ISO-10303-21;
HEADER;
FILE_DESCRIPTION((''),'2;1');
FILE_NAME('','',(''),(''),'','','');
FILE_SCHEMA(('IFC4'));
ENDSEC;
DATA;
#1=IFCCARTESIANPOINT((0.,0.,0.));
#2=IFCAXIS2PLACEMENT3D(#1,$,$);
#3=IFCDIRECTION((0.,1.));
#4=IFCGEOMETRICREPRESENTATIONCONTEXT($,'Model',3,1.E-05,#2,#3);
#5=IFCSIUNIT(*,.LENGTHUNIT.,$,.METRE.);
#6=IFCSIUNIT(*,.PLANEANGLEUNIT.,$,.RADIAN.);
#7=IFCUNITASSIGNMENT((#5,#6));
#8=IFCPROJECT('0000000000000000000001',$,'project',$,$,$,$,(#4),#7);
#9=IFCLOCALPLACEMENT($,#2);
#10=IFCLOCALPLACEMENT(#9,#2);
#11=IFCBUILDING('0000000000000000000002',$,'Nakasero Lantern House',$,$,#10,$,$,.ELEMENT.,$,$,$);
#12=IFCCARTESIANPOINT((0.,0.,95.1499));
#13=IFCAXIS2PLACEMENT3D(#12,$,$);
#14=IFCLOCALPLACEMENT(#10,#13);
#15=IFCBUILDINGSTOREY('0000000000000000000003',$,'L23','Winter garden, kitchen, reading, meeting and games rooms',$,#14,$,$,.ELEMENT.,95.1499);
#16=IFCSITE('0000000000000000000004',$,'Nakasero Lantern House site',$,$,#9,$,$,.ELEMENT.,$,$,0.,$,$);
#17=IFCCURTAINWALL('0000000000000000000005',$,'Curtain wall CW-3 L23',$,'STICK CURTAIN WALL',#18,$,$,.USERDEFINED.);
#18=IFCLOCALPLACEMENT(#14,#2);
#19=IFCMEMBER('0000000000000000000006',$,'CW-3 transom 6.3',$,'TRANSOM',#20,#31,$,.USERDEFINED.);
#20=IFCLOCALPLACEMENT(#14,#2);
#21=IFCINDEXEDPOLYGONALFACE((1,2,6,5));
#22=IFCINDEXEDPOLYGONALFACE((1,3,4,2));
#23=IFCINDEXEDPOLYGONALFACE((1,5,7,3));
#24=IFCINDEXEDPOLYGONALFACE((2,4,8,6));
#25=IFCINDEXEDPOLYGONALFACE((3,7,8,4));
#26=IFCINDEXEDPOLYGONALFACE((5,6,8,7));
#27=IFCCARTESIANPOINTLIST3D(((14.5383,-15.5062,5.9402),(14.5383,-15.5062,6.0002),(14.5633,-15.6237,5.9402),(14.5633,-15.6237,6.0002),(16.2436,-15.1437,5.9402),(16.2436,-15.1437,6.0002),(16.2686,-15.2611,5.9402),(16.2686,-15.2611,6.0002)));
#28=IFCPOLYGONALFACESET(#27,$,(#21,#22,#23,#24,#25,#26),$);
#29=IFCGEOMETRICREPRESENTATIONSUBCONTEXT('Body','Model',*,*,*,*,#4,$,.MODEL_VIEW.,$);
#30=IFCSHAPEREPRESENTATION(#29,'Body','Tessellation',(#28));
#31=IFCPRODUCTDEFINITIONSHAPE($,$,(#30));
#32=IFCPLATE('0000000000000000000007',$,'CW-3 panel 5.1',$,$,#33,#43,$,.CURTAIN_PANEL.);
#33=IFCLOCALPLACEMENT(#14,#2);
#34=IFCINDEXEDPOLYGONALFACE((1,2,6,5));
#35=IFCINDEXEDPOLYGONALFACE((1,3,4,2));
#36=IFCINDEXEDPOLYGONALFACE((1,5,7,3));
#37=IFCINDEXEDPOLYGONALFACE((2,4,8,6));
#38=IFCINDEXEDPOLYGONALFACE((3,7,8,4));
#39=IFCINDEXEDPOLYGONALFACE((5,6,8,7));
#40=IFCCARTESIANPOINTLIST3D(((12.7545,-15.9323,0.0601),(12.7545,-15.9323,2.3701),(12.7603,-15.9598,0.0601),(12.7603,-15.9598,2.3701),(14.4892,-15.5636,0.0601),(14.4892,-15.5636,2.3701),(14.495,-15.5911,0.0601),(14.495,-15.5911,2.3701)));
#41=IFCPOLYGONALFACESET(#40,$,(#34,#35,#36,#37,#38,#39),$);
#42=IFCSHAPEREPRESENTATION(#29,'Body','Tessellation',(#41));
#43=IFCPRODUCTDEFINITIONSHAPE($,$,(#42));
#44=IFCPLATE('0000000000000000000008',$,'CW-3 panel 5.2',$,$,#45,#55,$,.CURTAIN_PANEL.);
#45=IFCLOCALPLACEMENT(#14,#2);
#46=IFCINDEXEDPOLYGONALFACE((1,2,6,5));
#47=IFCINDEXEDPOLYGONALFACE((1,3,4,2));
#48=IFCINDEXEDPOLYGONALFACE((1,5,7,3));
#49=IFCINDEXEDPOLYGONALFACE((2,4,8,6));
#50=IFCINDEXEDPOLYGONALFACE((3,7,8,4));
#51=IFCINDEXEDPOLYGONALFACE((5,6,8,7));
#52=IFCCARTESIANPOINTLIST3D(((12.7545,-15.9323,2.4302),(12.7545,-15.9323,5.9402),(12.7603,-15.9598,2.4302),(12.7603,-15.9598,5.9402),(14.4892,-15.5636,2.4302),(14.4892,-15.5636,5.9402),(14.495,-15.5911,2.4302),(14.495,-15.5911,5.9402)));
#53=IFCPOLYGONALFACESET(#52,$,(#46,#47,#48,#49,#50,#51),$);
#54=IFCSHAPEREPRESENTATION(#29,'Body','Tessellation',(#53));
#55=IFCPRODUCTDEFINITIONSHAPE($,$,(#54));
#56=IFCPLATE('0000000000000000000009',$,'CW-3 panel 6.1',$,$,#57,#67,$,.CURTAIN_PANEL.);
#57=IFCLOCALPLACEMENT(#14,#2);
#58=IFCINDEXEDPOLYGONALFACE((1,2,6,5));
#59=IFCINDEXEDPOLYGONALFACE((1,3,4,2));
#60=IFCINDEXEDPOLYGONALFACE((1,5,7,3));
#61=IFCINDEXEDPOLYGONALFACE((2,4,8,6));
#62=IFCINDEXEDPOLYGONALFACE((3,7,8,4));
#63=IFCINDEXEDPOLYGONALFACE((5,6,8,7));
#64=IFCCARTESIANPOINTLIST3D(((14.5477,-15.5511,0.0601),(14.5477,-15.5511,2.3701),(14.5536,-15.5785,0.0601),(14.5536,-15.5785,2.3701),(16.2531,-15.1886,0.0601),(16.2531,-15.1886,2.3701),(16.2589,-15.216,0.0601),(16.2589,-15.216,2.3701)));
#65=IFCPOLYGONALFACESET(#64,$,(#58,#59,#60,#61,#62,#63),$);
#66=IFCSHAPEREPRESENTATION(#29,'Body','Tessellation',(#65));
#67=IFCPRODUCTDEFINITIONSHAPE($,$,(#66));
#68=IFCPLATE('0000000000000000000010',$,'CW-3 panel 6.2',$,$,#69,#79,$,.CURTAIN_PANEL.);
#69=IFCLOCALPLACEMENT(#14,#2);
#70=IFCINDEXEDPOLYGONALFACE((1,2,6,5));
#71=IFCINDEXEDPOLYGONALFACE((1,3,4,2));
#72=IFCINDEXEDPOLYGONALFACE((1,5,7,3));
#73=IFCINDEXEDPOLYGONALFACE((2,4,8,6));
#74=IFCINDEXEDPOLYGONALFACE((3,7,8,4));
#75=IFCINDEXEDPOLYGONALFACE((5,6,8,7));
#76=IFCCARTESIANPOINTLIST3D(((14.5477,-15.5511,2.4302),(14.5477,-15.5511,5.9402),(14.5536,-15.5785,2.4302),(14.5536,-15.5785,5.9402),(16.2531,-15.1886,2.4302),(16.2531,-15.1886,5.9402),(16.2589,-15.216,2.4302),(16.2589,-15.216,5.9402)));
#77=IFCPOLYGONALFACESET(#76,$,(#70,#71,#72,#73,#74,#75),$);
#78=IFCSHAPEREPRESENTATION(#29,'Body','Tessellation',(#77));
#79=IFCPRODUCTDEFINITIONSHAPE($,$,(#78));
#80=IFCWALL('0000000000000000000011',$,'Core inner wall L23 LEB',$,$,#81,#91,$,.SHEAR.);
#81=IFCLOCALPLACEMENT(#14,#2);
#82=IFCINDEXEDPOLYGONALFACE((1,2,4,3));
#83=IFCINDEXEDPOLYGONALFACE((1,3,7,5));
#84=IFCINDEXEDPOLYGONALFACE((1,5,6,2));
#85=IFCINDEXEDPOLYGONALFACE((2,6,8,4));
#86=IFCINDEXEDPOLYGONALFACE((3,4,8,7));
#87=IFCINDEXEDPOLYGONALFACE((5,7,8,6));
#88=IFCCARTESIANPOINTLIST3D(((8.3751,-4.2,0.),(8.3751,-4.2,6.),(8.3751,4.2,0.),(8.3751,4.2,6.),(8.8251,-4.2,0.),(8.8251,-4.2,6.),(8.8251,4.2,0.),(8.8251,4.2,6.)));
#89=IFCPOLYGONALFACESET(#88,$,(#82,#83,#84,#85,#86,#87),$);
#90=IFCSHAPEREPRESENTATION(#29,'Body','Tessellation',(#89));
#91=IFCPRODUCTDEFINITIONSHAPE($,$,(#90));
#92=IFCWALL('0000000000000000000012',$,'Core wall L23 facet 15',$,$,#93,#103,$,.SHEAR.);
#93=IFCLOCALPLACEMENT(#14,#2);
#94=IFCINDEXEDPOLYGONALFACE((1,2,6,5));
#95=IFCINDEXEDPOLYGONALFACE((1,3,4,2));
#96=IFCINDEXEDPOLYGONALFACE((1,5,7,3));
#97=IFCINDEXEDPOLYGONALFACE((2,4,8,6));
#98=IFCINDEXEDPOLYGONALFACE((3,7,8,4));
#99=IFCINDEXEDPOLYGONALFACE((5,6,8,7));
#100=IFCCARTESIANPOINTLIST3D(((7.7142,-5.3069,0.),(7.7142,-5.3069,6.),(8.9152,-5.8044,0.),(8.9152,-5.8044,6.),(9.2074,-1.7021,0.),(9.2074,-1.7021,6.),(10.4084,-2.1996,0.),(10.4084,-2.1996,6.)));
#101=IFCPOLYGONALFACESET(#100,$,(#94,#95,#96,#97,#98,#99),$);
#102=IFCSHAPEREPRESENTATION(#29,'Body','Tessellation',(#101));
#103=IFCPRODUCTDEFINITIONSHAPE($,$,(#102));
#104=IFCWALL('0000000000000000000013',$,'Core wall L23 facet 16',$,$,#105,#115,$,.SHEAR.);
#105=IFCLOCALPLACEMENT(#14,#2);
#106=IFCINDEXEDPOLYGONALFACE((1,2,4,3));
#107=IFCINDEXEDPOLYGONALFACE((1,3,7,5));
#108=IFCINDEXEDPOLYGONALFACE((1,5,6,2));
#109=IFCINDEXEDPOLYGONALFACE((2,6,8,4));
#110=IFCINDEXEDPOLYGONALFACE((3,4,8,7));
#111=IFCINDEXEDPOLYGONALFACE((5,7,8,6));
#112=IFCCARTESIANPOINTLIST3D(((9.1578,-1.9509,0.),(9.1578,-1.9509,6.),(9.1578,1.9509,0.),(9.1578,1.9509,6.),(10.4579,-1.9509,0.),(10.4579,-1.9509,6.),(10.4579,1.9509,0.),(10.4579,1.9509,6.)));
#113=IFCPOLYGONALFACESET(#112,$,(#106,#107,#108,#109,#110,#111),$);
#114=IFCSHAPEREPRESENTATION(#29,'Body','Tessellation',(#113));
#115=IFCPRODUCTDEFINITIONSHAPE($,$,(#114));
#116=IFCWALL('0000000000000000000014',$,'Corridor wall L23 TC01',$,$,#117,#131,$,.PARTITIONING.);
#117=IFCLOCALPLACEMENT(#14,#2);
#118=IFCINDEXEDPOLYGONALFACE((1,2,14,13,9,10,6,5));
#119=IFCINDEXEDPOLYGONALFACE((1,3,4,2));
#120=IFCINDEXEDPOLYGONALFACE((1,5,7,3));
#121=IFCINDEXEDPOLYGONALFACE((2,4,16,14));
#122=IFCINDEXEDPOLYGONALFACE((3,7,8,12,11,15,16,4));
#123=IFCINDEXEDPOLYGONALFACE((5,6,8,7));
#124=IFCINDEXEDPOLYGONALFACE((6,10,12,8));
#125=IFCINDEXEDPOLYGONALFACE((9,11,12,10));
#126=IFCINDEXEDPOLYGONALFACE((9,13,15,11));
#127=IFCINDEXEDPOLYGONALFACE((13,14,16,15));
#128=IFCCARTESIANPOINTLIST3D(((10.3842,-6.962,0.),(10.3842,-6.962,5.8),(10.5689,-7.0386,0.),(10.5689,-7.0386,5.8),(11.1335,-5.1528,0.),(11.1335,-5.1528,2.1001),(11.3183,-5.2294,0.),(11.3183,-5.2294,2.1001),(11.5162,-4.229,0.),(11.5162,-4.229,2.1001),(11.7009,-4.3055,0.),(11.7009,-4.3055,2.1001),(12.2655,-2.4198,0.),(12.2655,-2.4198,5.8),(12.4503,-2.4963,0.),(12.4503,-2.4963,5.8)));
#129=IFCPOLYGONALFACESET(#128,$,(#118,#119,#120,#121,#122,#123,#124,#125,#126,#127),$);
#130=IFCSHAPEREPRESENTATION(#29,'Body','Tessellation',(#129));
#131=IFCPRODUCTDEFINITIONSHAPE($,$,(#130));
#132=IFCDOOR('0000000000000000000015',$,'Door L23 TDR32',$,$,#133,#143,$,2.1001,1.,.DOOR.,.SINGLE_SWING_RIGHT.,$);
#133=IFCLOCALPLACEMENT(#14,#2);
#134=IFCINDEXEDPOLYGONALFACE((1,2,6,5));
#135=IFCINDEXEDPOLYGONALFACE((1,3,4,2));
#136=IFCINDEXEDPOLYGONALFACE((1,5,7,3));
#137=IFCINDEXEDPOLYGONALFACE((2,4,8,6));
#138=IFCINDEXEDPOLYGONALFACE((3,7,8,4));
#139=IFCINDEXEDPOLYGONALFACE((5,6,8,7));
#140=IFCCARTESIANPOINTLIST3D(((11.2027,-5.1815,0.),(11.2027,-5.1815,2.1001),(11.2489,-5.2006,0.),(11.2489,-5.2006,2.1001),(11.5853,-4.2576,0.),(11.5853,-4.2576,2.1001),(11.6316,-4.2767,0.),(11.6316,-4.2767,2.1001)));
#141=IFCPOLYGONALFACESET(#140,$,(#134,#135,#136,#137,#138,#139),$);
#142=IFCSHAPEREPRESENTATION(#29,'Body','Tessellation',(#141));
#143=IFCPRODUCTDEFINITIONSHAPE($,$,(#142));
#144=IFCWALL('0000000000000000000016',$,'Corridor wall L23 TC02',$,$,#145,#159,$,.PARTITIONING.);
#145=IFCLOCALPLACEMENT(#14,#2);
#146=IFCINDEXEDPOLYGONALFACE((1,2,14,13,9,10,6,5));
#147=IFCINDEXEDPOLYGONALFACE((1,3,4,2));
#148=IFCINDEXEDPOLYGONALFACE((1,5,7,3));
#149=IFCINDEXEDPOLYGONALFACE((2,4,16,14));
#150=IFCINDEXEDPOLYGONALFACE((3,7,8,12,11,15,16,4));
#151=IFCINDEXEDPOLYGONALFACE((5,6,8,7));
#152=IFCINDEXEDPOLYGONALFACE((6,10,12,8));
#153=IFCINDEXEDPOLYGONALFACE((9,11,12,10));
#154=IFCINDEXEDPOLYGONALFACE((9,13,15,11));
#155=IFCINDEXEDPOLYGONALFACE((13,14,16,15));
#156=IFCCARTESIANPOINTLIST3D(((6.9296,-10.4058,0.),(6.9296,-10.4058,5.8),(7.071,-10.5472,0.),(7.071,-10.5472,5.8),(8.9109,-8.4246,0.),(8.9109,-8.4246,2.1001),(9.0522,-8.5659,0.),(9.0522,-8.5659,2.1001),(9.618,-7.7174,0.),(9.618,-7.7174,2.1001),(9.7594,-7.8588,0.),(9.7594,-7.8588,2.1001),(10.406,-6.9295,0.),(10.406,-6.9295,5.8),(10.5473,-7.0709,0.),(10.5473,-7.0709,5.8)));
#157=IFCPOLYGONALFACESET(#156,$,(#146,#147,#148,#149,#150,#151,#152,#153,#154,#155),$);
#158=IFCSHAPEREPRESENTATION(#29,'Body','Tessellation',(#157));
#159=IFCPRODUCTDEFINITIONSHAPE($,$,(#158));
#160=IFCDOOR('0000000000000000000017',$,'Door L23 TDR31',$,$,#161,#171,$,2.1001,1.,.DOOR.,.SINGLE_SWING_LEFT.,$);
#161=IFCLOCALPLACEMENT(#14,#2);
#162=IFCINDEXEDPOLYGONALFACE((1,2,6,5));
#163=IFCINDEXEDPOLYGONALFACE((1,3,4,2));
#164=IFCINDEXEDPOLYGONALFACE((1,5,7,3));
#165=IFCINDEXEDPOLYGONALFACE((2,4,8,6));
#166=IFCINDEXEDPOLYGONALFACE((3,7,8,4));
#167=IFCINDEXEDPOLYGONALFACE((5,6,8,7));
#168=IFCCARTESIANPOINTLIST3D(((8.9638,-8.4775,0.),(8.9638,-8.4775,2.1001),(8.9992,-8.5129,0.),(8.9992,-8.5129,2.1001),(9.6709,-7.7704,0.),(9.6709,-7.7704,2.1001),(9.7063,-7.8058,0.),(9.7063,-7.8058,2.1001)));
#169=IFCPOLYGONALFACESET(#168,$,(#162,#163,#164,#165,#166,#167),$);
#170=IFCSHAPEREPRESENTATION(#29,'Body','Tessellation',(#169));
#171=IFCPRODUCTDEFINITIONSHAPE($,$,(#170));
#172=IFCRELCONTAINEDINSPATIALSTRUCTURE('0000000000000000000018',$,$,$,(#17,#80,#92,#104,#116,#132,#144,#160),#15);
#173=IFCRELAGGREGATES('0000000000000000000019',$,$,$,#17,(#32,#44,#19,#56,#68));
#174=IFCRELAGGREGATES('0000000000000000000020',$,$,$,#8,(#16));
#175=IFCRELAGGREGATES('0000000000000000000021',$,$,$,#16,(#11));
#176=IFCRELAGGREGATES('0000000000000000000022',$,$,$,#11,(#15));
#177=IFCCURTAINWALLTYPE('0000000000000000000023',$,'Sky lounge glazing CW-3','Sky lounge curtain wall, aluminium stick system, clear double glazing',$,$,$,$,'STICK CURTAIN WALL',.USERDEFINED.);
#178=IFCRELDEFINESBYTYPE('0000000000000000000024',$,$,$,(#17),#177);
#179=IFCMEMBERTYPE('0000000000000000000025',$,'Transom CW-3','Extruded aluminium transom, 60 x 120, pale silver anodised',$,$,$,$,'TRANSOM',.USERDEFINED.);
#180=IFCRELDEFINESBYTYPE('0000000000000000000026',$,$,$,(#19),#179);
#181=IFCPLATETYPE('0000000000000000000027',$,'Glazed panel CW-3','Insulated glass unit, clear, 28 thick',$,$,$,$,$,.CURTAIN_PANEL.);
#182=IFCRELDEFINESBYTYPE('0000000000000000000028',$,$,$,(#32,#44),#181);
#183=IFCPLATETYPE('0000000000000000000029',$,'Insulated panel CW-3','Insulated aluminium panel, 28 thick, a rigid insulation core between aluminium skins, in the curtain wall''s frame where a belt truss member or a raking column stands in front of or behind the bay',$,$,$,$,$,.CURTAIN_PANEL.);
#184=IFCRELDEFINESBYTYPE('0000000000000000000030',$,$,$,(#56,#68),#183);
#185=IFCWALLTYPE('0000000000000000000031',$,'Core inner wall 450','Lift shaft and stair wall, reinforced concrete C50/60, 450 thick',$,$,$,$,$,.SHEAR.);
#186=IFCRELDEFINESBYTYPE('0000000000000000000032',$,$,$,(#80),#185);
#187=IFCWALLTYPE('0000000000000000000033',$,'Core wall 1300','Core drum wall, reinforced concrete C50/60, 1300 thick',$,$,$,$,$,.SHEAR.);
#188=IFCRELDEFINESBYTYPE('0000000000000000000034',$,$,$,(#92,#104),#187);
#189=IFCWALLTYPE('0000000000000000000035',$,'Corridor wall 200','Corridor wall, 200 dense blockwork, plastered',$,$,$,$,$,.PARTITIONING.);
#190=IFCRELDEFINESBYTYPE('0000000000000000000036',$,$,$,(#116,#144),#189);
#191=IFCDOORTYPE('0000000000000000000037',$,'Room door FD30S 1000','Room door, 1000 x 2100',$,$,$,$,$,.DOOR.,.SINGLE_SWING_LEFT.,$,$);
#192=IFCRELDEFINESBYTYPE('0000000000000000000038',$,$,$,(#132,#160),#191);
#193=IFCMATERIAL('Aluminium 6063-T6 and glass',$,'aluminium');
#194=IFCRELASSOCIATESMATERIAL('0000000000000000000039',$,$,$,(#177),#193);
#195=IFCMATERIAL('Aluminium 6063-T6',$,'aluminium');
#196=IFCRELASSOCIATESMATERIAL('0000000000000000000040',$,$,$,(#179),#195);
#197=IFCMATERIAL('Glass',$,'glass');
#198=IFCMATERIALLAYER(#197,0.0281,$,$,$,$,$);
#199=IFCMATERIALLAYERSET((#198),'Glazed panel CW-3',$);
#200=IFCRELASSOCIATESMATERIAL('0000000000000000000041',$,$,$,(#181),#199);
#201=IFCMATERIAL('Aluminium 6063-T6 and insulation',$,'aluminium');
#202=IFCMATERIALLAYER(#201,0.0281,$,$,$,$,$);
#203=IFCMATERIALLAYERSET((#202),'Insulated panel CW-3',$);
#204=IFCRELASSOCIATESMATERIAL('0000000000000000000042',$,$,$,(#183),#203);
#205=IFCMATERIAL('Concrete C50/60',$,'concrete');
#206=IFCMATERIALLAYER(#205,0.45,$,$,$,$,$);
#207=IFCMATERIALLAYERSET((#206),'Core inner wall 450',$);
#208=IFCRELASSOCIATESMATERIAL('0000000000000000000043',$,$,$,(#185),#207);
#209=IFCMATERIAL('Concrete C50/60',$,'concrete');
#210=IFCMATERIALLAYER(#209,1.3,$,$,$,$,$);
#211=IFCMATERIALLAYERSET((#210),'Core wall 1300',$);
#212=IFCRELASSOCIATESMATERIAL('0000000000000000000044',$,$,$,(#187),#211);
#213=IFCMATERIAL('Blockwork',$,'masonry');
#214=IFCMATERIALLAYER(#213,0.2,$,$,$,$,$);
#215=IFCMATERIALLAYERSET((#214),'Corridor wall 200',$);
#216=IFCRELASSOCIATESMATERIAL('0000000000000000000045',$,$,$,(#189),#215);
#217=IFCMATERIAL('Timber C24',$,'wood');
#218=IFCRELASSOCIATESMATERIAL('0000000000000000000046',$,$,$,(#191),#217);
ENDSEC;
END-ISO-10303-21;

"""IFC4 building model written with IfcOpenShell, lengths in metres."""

from ifc_helpers import new_model, si_unit, direction, frame, frame_2d, origin, origin_2d, place, context, subcontext, project, spatial, rectangle, extrude, material, layer, layer_set, material_profile, profile_set, type_object, element, fill, aggregate, save


model = new_model("IFC4")

# Units and contexts
model_context = context("Model", 3, precision=1e-05, world=origin(), true_north=direction((0.0, 1.0)))
body_context = subcontext(model_context, "Body", "Model", "MODEL_VIEW")
ifc_project = project(units=[si_unit("LENGTHUNIT", "METRE"), si_unit("PLANEANGLEUNIT", "RADIAN")], contexts=[model_context])

# Site, building, storey
site_placement = place(None, origin())
site = spatial("IfcSite", under=ifc_project, at=site_placement, Name="Nakasero Lantern House site", CompositionType="ELEMENT", RefElevation=0.0)
building_placement = place(site_placement, origin())
building = spatial("IfcBuilding", under=site, at=building_placement, Name="Nakasero Lantern House", CompositionType="ELEMENT")
storey_placement = place(building_placement, frame((0.0, 0.0, 95.1499)))
storey = spatial("IfcBuildingStorey", under=building, at=storey_placement, Name="L23", Description="Winter garden, kitchen, reading, meeting and games rooms", CompositionType="ELEMENT", Elevation=95.1499)

# Curtain wall, member, plates
ifc_material_1 = material(Name="Aluminium 6063-T6 and glass", Category="aluminium")
curtain_wall_type = type_object("IfcCurtainWallType", Name="Sky lounge glazing CW-3", Description="Sky lounge curtain wall, aluminium stick system, clear double glazing", ElementType="STICK CURTAIN WALL", PredefinedType="USERDEFINED", material=ifc_material_1)
curtain_wall_placement = place(storey_placement, origin())
curtain_wall = element("IfcCurtainWall", 1, at=curtain_wall_placement, inside=storey, type_object=curtain_wall_type, Name="Curtain wall CW-3 L23", ObjectType="STICK CURTAIN WALL", PredefinedType="USERDEFINED")
ifc_material_2 = material(Name="Aluminium 6063-T6", Category="aluminium")
ifc_material_profile_1 = material_profile(ifc_material_2, rectangle(XDim=0.0601, YDim=0.1201, at=origin_2d()), Name="CW-3 transom 60x120")
ifc_profile_set_1 = profile_set([ifc_material_profile_1], Name="Aluminium 6063-T6")
member_type_1 = type_object("IfcMemberType", Name="Transom CW-3", Description="Extruded aluminium transom, 60 x 120, pale silver anodised", ElementType="TRANSOM", PredefinedType="USERDEFINED", material=ifc_profile_set_1)
member_1_placement = place(storey_placement, frame((14.5508, -15.5649, 5.9702), z_axis=(0.978139, 0.207951, 0.0), x_axis=(0.0, 0.0, 1.0)))
member_1 = element("IfcMember", 2, at=member_1_placement, type_object=member_type_1, Name="CW-3 transom 6.3", ObjectType="TRANSOM", PredefinedType="USERDEFINED", context=body_context, shape_type="SweptSolid", body=[
    extrude(rectangle(XDim=0.0601, YDim=0.1201, at=origin_2d()), origin(), (0.0, 0.0, 1.0), 1.7434),
])
ifc_material_3 = material(Name="Glass", Category="glass")
ifc_layer_1 = layer(ifc_material_3, 0.0281)
ifc_layer_set_1 = layer_set([ifc_layer_1], Name="Glazed panel CW-3")
plate_type_1 = type_object("IfcPlateType", Name="Glazed panel CW-3", Description="Insulated glass unit, clear, 28 thick", PredefinedType="CURTAIN_PANEL", material=ifc_layer_set_1)
plate_1_placement = place(storey_placement, frame((13.6248, -15.7617, 0.0601), z_axis=(0.0, 0.0, 1.0), x_axis=(0.978148, 0.207912, 0.0)))
plate_1 = element("IfcPlate", 3, at=plate_1_placement, type_object=plate_type_1, Name="CW-3 panel 5.1", PredefinedType="CURTAIN_PANEL", context=body_context, shape_type="SweptSolid", body=[
    extrude(rectangle(XDim=1.7734, YDim=0.0281, at=origin_2d()), origin(), (0.0, 0.0, 1.0), 2.3101),
])
plate_2_placement = place(storey_placement, frame((13.6248, -15.7617, 2.4302), z_axis=(0.0, 0.0, 1.0), x_axis=(0.978148, 0.207912, 0.0)))
plate_2 = element("IfcPlate", 4, at=plate_2_placement, type_object=plate_type_1, Name="CW-3 panel 5.2", PredefinedType="CURTAIN_PANEL", context=body_context, shape_type="SweptSolid", body=[
    extrude(rectangle(XDim=1.7734, YDim=0.0281, at=origin_2d()), origin(), (0.0, 0.0, 1.0), 3.51),
])
ifc_material_4 = material(Name="Aluminium 6063-T6 and insulation", Category="aluminium")
ifc_layer_2 = layer(ifc_material_4, 0.0281)
ifc_layer_set_2 = layer_set([ifc_layer_2], Name="Insulated panel CW-3")
plate_type_2 = type_object("IfcPlateType", Name="Insulated panel CW-3", Description="Insulated aluminium panel, 28 thick, a rigid insulation core between aluminium skins, in the curtain wall's frame where a belt truss member or a raking column stands in front of or behind the bay", PredefinedType="CURTAIN_PANEL", material=ifc_layer_set_2)
plate_3_placement = place(storey_placement, frame((15.4033, -15.3835, 0.0601), z_axis=(0.0, 0.0, 1.0), x_axis=(0.978148, 0.207912, 0.0)))
plate_3 = element("IfcPlate", 5, at=plate_3_placement, type_object=plate_type_2, Name="CW-3 panel 6.1", PredefinedType="CURTAIN_PANEL", context=body_context, shape_type="SweptSolid", body=[
    extrude(rectangle(XDim=1.7434, YDim=0.0281, at=origin_2d()), origin(), (0.0, 0.0, 1.0), 2.3101),
])
plate_4_placement = place(storey_placement, frame((15.4033, -15.3835, 2.4302), z_axis=(0.0, 0.0, 1.0), x_axis=(0.978148, 0.207912, 0.0)))
plate_4 = element("IfcPlate", 6, at=plate_4_placement, type_object=plate_type_2, Name="CW-3 panel 6.2", PredefinedType="CURTAIN_PANEL", context=body_context, shape_type="SweptSolid", body=[
    extrude(rectangle(XDim=1.7434, YDim=0.0281, at=origin_2d()), origin(), (0.0, 0.0, 1.0), 3.51),
])
aggregate(curtain_wall, [plate_1, plate_2, member_1, plate_3, plate_4])

# Walls
ifc_material_5 = material(Name="Concrete C50/60", Category="concrete")
ifc_layer_3 = layer(ifc_material_5, 0.45)
ifc_layer_set_3 = layer_set([ifc_layer_3], Name="Core inner wall 450")
wall_type_1 = type_object("IfcWallType", Name="Core inner wall 450", Description="Lift shaft and stair wall, reinforced concrete C50/60, 450 thick", PredefinedType="SHEAR", material=ifc_layer_set_3)
wall_1_placement = place(storey_placement, frame((8.6001, -4.2, 0.0), z_axis=(0.0, 0.0, 1.0), x_axis=(0.0, 1.0, 0.0)))
element("IfcWall", 7, at=wall_1_placement, inside=storey, type_object=wall_type_1, Name="Core inner wall L23 LEB", PredefinedType="SHEAR", context=body_context, shape_type="SweptSolid", body=[
    extrude(rectangle(XDim=8.3999, YDim=0.45, at=frame_2d((4.2, 0.0))), origin(), (0.0, 0.0, 1.0), 6.0),
])
ifc_material_6 = material(Name="Concrete C50/60", Category="concrete")
ifc_layer_4 = layer(ifc_material_6, 1.3)
ifc_layer_set_4 = layer_set([ifc_layer_4], Name="Core wall 1300")
wall_type_2 = type_object("IfcWallType", Name="Core wall 1300", Description="Core drum wall, reinforced concrete C50/60, 1300 thick", PredefinedType="SHEAR", material=ifc_layer_set_4)
for number, where, z_axis, x_axis, name in (
    (8, (8.3147, -5.5557, 0.0), (0.0, 0.0, 1.0), (0.382691, 0.923877, 0.0), "Core wall L23 facet 15"),
    (9, (9.8079, -1.9509, 0.0), (0.0, 0.0, 1.0), (0.0, 1.0, 0.0), "Core wall L23 facet 16"),
):
    element("IfcWall", number, at=place(storey_placement, frame(where, z_axis=z_axis, x_axis=x_axis)), inside=storey, type_object=wall_type_2, Name=name, PredefinedType="SHEAR", context=body_context, shape_type="SweptSolid", body=[
        extrude(rectangle(XDim=3.9019, YDim=1.3, at=frame_2d((1.9509, 0.0))), origin(), (0.0, 0.0, 1.0), 6.0),
    ])

# Walls, openings, doors
ifc_material_7 = material(Name="Blockwork", Category="masonry")
ifc_layer_5 = layer(ifc_material_7, 0.2)
ifc_layer_set_5 = layer_set([ifc_layer_5], Name="Corridor wall 200")
wall_type_3 = type_object("IfcWallType", Name="Corridor wall 200", Description="Corridor wall, 200 dense blockwork, plastered", PredefinedType="PARTITIONING", material=ifc_layer_set_5)
wall_2_placement = place(storey_placement, frame((12.3579, -2.458, 0.0), z_axis=(0.0, 0.0, 1.0), x_axis=(-0.382665, -0.923887, 0.0)))
wall_2 = element("IfcWall", 10, at=wall_2_placement, inside=storey, type_object=wall_type_3, Name="Corridor wall L23 TC01", PredefinedType="PARTITIONING", context=body_context, shape_type="SweptSolid", body=[
    extrude(rectangle(XDim=4.9165, YDim=0.2, at=frame_2d((2.4583, 0.0))), origin(), (0.0, 0.0, 1.0), 5.8),
])
opening_1_placement = place(wall_2_placement, frame((1.9583, 0.0, 0.0)))
opening_1 = element("IfcOpeningElement", 11, at=opening_1_placement, cuts=wall_2, PredefinedType="OPENING", context=body_context, shape_type="SweptSolid", body=[
    extrude(rectangle(XDim=1.0, YDim=2.1001, at=frame_2d((0.5, 1.05))), frame((0.0, 0.1199, 0.0), z_axis=(0.0, -1.0, 0.0), x_axis=(1.0, 0.0, 0.0)), (0.0, 0.0, 1.0), 0.24),
])
ifc_material_8 = material(Name="Timber C24", Category="wood")
door_type = type_object("IfcDoorType", Name="Room door FD30S 1000", Description="Room door, 1000 x 2100", OperationType="SINGLE_SWING_LEFT", PredefinedType="DOOR", material=ifc_material_8)
door_1_placement = place(opening_1_placement, origin())
door_1 = element("IfcDoor", 12, at=door_1_placement, inside=storey, type_object=door_type, Name="Door L23 TDR32", OperationType="SINGLE_SWING_RIGHT", OverallHeight=2.1001, OverallWidth=1.0, PredefinedType="DOOR", context=body_context, shape_type="SweptSolid", body=[
    extrude(rectangle(XDim=1.0, YDim=2.1001, at=frame_2d((0.5, 1.05))), frame((0.0, 0.0249, 0.0), z_axis=(0.0, -1.0, 0.0), x_axis=(1.0, 0.0, 0.0)), (0.0, 0.0, 1.0), 0.05),
])
fill(opening_1, door_1)
wall_3_placement = place(storey_placement, frame((10.4766, -7.0002, 0.0), z_axis=(0.0, 0.0, 1.0), x_axis=(-0.707107, -0.707107, 0.0)))
wall_3 = element("IfcWall", 13, at=wall_3_placement, inside=storey, type_object=wall_type_3, Name="Corridor wall L23 TC02", PredefinedType="PARTITIONING", context=body_context, shape_type="SweptSolid", body=[
    extrude(rectangle(XDim=4.9163, YDim=0.2, at=frame_2d((2.458, 0.0))), origin(), (0.0, 0.0, 1.0), 5.8),
])
opening_2_placement = place(wall_3_placement, frame((1.1143, 0.0, 0.0)))
opening_2 = element("IfcOpeningElement", 14, at=opening_2_placement, cuts=wall_3, PredefinedType="OPENING", context=body_context, shape_type="SweptSolid", body=[
    extrude(rectangle(XDim=1.0, YDim=2.1001, at=frame_2d((0.5, 1.05))), frame((0.0, 0.1199, 0.0), z_axis=(0.0, -1.0, 0.0), x_axis=(1.0, 0.0, 0.0)), (0.0, 0.0, 1.0), 0.24),
])
door_2_placement = place(opening_2_placement, origin())
door_2 = element("IfcDoor", 15, at=door_2_placement, inside=storey, type_object=door_type, Name="Door L23 TDR31", OperationType="SINGLE_SWING_LEFT", OverallHeight=2.1001, OverallWidth=1.0, PredefinedType="DOOR", context=body_context, shape_type="SweptSolid", body=[
    extrude(rectangle(XDim=1.0, YDim=2.1001, at=frame_2d((0.5, 1.05))), frame((0.0, 0.0249, 0.0), z_axis=(0.0, -1.0, 0.0), x_axis=(1.0, 0.0, 0.0)), (0.0, 0.0, 1.0), 0.05),
])
fill(opening_2, door_2)

save(model, "model.ifc")
